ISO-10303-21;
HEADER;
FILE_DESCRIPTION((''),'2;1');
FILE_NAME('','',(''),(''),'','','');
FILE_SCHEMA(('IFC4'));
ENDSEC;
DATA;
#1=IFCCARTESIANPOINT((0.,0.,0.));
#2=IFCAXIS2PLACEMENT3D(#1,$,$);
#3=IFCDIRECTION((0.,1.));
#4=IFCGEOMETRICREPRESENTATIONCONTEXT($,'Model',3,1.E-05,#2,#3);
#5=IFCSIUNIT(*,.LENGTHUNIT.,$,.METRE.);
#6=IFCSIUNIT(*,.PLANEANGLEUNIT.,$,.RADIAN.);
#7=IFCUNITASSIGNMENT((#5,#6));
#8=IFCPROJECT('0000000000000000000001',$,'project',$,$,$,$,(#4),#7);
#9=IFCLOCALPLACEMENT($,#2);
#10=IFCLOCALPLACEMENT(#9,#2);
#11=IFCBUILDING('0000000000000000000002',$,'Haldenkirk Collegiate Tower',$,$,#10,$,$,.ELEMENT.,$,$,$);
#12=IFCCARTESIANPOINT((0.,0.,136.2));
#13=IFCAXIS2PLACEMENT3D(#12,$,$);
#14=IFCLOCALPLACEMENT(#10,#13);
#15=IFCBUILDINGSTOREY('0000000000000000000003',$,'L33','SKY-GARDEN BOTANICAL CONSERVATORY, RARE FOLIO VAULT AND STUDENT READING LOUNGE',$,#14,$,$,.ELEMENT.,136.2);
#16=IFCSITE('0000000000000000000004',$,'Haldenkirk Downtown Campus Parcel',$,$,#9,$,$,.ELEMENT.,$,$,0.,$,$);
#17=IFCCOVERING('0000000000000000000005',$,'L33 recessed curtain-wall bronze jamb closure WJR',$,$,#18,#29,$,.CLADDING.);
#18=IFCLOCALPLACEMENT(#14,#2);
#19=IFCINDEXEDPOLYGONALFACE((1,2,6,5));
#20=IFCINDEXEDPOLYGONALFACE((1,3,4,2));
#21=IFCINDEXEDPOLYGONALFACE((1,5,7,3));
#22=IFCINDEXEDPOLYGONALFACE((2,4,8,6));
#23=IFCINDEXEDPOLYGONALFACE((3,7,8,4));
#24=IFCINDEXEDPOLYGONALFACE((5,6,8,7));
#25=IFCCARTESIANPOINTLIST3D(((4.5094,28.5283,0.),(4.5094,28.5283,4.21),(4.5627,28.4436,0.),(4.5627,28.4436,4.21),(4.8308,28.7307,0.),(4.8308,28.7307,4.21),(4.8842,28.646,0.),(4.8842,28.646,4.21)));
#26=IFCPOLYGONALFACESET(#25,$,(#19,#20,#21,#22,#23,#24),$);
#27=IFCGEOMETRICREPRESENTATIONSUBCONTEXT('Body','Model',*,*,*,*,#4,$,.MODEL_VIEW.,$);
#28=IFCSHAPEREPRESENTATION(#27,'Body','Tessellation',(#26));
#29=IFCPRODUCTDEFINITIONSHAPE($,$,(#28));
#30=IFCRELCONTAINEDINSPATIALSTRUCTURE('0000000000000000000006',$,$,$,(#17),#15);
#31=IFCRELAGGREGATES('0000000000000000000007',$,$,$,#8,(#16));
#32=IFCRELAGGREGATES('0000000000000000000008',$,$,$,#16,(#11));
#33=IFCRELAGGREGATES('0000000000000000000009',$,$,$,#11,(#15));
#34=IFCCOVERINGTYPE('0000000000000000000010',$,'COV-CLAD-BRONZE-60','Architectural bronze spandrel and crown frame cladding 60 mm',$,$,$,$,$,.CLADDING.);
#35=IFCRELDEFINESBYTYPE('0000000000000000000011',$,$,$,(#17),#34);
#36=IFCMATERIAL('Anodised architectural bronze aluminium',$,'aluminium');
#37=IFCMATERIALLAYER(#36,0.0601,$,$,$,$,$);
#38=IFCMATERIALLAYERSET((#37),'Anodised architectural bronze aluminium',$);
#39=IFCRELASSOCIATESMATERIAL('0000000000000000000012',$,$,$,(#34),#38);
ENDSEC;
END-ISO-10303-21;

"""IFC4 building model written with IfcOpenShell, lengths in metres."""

from ifc_helpers import new_model, si_unit, direction, frame, origin, origin_2d, place, context, subcontext, project, spatial, rectangle, extrude, source, transform, mapped, material, layer, layer_set, type_object, element, save


model = new_model("IFC4")

# Units and contexts
model_context = context("Model", 3, precision=1e-05, world=origin(), true_north=direction((0.0, 1.0)))
body_context = subcontext(model_context, "Body", "Model", "MODEL_VIEW")
ifc_project = project(units=[si_unit("LENGTHUNIT", "METRE"), si_unit("PLANEANGLEUNIT", "RADIAN")], contexts=[model_context])

# Site, building, storey
site_placement = place(None, origin())
site = spatial("IfcSite", under=ifc_project, at=site_placement, Name="Haldenkirk Downtown Campus Parcel", CompositionType="ELEMENT", RefElevation=0.0)
building_placement = place(site_placement, origin())
building = spatial("IfcBuilding", under=site, at=building_placement, Name="Haldenkirk Collegiate Tower", CompositionType="ELEMENT")
storey_placement = place(building_placement, frame((0.0, 0.0, 136.2)))
storey = spatial("IfcBuildingStorey", under=building, at=storey_placement, Name="L33", Description="SKY-GARDEN BOTANICAL CONSERVATORY, RARE FOLIO VAULT AND STUDENT READING LOUNGE", CompositionType="ELEMENT", Elevation=136.2)

# Shared definitions
ifc_material_1 = material(Name="Anodised architectural bronze aluminium", Category="aluminium")

# Covering
ifc_layer_1 = layer(ifc_material_1, 0.0601)
ifc_layer_set_1 = layer_set([ifc_layer_1], Name="Anodised architectural bronze aluminium")
covering_type = type_object("IfcCoveringType", Name="COV-CLAD-BRONZE-60", Description="Architectural bronze spandrel and crown frame cladding 60 mm", PredefinedType="CLADDING", material=ifc_layer_set_1)
shared_shape_1 = source(origin(), body_context, "Body", "SweptSolid", [
    extrude(rectangle(XDim=0.1001, YDim=0.3799, at=origin_2d()), origin(), (0.0, 0.0, 1.0), 4.21),
])
covering_placement = place(storey_placement, frame((4.6968, 28.5872, 0.0), z_axis=(0.0, 0.0, 1.0), x_axis=(-0.532876, 0.846193, 0.0)))
element("IfcCovering", 1, at=covering_placement, inside=storey, type_object=covering_type, Name="L33 recessed curtain-wall bronze jamb closure WJR", PredefinedType="CLADDING", context=body_context, shape_type="MappedRepresentation", body=[
    mapped(shared_shape_1, transform((0.0, 0.0, 0.0), x_axis=(1.0, 0.0, 0.0), y_axis=(0.0, 1.0, 0.0), z_axis=(0.0, 0.0, 1.0), scale=1.0)),
])

save(model, "model.ifc")
